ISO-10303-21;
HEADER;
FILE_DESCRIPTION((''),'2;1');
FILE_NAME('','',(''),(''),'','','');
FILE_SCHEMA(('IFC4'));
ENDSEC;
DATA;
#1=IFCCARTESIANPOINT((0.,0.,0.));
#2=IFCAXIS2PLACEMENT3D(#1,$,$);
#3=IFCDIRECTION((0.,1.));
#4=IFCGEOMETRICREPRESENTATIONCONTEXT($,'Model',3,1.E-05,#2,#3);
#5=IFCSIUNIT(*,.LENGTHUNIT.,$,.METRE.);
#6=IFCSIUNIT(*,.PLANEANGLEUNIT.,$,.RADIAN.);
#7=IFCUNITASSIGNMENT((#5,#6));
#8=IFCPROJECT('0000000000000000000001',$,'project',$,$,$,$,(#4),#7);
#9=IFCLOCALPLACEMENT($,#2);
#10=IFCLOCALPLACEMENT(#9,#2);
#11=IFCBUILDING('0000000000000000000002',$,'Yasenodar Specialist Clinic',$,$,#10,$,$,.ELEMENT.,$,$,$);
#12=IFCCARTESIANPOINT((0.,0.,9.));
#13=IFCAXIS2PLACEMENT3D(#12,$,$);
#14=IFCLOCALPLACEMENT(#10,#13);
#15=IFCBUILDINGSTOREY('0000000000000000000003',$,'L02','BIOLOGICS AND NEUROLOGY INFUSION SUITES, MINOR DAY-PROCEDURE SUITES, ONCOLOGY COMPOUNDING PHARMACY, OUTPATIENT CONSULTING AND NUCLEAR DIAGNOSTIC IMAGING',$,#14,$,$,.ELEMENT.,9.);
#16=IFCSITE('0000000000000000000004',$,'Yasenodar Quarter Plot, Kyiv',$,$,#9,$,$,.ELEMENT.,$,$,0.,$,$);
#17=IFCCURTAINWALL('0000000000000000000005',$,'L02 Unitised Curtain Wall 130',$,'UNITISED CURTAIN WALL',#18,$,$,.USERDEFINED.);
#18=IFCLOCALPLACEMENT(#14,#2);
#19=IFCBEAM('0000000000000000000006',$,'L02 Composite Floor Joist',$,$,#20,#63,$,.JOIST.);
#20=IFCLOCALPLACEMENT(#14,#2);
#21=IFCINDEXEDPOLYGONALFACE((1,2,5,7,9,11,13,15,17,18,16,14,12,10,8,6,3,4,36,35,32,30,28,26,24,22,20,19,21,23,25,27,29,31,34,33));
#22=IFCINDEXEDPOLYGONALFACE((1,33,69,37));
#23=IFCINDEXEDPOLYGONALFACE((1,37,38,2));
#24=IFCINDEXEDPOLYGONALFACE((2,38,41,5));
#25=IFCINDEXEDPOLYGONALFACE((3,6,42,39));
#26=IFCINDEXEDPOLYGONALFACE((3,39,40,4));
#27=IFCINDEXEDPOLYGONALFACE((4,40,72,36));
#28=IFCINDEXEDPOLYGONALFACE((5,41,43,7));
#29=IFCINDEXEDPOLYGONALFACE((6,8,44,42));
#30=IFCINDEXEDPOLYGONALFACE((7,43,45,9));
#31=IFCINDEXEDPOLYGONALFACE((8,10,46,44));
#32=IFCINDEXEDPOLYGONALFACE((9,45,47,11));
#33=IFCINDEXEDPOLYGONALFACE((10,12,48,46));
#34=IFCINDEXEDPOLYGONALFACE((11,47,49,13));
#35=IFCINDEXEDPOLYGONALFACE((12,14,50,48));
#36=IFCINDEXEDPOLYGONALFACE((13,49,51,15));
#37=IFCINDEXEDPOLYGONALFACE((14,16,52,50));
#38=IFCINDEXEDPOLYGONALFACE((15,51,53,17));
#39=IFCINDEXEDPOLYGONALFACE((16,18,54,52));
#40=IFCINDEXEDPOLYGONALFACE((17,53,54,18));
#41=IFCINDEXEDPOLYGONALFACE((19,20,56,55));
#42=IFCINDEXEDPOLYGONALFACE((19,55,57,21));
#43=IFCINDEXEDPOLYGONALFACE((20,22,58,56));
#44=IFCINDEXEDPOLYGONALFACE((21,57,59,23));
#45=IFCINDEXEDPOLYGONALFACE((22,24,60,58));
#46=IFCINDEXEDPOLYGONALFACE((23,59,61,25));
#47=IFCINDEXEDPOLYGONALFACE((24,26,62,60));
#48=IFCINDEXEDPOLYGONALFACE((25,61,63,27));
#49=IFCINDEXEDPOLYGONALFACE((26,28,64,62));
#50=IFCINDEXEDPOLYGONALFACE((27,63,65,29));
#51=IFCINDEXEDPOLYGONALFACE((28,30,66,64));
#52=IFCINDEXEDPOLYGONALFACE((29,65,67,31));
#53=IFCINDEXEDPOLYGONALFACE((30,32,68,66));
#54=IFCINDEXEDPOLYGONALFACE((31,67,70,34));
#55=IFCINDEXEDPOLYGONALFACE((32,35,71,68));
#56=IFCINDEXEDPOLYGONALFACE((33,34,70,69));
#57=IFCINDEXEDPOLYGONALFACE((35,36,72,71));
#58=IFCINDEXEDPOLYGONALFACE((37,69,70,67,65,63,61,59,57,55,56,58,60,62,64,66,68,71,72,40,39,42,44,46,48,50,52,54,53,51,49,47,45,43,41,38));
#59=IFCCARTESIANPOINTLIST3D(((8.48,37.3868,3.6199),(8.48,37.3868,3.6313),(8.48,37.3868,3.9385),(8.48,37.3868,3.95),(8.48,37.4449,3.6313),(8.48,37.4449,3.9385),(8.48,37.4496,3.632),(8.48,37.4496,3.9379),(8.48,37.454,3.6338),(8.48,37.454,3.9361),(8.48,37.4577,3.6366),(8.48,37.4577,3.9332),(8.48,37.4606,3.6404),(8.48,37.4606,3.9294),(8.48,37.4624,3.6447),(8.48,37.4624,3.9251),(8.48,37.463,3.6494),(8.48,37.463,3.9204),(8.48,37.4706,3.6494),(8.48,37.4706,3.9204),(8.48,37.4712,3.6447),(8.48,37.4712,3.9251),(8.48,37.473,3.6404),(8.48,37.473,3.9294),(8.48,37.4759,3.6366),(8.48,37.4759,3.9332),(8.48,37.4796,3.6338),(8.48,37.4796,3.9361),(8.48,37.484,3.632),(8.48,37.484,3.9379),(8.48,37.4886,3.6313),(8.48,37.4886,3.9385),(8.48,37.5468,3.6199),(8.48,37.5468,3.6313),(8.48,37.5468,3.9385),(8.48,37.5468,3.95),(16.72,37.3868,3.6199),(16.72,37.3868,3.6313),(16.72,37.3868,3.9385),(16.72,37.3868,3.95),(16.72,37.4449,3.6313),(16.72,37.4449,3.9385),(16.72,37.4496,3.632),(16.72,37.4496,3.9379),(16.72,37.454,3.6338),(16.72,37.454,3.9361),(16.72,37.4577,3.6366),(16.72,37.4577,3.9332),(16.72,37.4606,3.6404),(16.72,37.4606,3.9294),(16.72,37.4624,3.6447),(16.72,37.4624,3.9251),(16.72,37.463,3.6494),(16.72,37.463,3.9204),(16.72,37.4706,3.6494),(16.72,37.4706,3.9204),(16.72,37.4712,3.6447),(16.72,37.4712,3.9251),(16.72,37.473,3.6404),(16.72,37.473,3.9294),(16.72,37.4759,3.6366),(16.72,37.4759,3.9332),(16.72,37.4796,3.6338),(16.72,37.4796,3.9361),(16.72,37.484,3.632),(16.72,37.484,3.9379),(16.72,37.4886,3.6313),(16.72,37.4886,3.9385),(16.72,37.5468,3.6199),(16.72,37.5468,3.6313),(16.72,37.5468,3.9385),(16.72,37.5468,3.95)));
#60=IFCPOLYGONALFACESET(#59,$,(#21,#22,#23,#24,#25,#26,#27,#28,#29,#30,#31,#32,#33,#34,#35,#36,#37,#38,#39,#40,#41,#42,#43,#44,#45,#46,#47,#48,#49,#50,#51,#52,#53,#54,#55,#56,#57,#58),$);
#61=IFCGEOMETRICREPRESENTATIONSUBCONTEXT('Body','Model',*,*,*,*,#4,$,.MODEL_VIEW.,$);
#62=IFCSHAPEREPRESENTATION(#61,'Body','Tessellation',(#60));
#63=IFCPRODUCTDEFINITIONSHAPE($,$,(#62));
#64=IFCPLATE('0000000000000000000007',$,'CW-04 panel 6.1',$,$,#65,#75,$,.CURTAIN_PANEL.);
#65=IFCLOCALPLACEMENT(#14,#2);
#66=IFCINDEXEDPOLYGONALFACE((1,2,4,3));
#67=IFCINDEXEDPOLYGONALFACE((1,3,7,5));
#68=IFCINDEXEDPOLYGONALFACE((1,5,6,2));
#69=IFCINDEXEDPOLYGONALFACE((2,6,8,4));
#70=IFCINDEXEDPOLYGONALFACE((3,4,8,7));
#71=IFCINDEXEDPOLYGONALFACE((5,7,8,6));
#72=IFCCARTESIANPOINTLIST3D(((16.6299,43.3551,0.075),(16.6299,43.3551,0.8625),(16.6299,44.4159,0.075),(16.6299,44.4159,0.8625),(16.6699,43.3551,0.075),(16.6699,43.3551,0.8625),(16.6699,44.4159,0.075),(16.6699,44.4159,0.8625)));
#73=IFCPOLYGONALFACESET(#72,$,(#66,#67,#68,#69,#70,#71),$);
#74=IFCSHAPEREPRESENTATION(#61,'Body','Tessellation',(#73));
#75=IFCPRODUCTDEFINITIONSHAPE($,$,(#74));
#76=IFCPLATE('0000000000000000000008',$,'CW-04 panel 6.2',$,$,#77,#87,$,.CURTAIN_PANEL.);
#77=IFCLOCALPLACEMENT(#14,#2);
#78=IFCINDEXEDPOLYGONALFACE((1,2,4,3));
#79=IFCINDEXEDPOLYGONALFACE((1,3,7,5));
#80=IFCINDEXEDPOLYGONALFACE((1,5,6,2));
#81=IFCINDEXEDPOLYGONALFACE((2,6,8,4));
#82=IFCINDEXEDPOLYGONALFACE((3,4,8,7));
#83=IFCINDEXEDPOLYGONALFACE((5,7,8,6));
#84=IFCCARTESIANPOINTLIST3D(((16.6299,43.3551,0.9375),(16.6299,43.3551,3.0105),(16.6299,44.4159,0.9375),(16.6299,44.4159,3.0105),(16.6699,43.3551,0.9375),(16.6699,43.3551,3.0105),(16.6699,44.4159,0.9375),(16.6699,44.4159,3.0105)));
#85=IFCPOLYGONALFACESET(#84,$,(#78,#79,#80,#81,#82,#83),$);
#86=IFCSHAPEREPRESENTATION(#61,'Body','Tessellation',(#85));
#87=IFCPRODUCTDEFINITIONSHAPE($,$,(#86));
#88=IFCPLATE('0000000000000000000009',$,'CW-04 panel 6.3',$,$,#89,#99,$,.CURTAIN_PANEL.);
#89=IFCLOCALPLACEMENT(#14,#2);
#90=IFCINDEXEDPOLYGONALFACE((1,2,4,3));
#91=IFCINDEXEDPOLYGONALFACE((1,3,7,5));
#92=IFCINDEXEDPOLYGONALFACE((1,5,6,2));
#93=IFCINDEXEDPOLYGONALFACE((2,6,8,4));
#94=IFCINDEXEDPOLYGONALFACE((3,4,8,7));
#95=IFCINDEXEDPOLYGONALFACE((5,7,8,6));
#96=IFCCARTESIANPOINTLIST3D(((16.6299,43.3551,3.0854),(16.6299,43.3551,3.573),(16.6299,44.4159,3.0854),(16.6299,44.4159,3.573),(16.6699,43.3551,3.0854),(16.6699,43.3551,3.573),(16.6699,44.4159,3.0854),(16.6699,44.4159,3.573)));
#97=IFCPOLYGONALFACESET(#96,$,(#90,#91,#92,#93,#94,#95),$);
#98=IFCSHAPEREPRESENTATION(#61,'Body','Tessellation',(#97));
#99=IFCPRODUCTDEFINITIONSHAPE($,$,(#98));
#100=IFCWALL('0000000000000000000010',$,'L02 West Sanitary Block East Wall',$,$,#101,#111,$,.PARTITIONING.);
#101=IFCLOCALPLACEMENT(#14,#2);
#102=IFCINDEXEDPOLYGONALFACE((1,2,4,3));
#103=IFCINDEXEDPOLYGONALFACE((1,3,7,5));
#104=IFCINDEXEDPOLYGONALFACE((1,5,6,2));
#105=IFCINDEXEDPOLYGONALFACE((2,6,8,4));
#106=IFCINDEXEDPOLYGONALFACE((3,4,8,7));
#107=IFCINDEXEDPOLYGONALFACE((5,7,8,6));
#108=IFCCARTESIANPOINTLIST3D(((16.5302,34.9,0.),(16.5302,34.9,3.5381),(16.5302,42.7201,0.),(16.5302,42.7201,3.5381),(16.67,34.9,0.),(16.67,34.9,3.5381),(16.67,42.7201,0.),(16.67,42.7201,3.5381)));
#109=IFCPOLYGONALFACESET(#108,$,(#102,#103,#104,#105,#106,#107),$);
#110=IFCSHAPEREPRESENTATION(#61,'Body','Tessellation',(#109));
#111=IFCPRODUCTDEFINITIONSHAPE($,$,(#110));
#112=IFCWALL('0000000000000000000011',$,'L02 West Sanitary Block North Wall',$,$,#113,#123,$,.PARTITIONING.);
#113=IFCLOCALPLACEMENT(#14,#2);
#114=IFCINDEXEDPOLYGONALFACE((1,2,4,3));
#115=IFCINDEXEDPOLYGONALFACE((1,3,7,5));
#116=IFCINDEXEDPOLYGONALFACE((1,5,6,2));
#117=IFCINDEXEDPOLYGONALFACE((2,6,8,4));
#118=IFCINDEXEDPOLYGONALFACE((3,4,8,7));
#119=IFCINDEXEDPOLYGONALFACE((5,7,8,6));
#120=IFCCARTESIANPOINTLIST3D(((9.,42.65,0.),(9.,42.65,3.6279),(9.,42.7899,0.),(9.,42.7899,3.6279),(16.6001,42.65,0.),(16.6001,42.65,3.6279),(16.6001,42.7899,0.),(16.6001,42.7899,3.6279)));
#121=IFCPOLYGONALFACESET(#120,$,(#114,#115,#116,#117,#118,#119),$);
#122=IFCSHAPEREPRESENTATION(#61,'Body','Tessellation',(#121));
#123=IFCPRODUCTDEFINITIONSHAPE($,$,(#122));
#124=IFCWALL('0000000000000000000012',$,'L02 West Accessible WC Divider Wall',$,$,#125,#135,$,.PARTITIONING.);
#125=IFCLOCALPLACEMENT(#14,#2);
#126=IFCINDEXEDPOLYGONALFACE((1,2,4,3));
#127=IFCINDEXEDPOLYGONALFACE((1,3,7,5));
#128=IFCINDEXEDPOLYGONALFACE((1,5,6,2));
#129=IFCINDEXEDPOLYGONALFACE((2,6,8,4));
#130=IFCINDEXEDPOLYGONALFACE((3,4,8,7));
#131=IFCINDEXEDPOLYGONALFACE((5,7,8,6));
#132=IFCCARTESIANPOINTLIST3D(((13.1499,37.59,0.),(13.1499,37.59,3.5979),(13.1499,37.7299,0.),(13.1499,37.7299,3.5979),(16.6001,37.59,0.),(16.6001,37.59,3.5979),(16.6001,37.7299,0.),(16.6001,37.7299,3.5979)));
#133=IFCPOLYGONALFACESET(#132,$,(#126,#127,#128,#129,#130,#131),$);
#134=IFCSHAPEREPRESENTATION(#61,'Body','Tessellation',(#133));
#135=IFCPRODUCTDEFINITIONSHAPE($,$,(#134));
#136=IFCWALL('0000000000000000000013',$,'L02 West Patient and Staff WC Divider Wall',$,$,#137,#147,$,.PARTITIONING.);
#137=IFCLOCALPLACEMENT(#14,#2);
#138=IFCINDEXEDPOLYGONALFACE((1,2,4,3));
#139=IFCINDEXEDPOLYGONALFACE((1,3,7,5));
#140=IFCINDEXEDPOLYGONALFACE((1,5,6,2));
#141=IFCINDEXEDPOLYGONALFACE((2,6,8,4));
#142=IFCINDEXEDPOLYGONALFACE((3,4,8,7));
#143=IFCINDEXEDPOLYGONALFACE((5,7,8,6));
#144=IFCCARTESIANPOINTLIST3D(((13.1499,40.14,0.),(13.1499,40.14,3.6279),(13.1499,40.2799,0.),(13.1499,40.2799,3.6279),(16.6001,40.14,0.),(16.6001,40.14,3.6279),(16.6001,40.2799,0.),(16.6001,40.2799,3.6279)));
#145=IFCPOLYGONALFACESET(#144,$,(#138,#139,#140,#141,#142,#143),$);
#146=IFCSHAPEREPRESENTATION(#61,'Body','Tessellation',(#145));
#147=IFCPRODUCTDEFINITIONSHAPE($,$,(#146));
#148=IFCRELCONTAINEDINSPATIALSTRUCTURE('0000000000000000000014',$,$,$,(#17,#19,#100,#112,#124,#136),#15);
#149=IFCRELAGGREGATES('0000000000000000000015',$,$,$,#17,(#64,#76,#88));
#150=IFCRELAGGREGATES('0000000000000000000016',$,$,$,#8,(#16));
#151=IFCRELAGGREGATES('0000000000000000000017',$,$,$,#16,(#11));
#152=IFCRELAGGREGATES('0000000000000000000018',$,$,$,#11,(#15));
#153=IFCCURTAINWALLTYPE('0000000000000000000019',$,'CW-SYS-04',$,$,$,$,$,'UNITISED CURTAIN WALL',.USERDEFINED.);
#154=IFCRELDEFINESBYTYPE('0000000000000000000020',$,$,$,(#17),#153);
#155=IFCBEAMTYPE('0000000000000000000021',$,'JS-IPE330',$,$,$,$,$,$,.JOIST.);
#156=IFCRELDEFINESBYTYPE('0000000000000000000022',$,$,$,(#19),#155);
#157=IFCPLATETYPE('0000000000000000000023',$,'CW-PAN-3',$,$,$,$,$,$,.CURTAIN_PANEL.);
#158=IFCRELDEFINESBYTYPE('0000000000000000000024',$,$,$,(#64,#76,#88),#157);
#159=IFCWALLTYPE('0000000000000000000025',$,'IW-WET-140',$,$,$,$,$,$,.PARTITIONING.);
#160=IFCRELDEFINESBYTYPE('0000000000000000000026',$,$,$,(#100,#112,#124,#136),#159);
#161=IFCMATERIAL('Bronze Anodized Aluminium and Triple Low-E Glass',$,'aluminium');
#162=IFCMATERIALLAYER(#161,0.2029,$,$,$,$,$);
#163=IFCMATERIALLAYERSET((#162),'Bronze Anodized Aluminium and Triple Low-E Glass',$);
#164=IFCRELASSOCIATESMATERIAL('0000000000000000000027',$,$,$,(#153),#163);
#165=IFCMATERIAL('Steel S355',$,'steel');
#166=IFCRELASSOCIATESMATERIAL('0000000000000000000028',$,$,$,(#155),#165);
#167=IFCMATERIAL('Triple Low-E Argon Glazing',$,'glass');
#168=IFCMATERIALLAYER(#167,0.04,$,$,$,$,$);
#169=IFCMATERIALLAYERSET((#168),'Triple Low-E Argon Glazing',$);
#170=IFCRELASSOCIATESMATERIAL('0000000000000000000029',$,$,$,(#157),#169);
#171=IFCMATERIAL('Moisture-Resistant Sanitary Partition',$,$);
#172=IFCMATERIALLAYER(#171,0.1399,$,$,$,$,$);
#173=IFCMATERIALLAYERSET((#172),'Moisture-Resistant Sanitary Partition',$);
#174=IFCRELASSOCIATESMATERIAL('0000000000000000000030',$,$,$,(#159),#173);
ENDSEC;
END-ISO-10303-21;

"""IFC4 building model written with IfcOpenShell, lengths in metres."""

from ifc_helpers import new_model, si_unit, direction, frame, frame_2d, origin, origin_2d, place, context, subcontext, project, spatial, rectangle, i_section, extrude, material, layer, layer_set, material_profile, profile_set, type_object, element, aggregate, save


model = new_model("IFC4")

# Units and contexts
model_context = context("Model", 3, precision=1e-05, world=origin(), true_north=direction((0.0, 1.0)))
body_context = subcontext(model_context, "Body", "Model", "MODEL_VIEW")
ifc_project = project(units=[si_unit("LENGTHUNIT", "METRE"), si_unit("PLANEANGLEUNIT", "RADIAN")], contexts=[model_context])

# Site, building, storey
site_placement = place(None, origin())
site = spatial("IfcSite", under=ifc_project, at=site_placement, Name="Yasenodar Quarter Plot, Kyiv", CompositionType="ELEMENT", RefElevation=0.0)
building_placement = place(site_placement, origin())
building = spatial("IfcBuilding", under=site, at=building_placement, Name="Yasenodar Specialist Clinic", CompositionType="ELEMENT")
storey_placement = place(building_placement, frame((0.0, 0.0, 9.0)))
storey = spatial("IfcBuildingStorey", under=building, at=storey_placement, Name="L02", Description="BIOLOGICS AND NEUROLOGY INFUSION SUITES, MINOR DAY-PROCEDURE SUITES, ONCOLOGY COMPOUNDING PHARMACY, OUTPATIENT CONSULTING AND NUCLEAR DIAGNOSTIC IMAGING", CompositionType="ELEMENT", Elevation=9.0)

# Shared definitions
ifc_material_1 = material(Name="Steel S355", Category="steel")

# Curtain wall
ifc_material_2 = material(Name="Bronze Anodized Aluminium and Triple Low-E Glass", Category="aluminium")
ifc_layer_1 = layer(ifc_material_2, 0.2029)
ifc_layer_set_1 = layer_set([ifc_layer_1], Name="Bronze Anodized Aluminium and Triple Low-E Glass")
curtain_wall_type = type_object("IfcCurtainWallType", Name="CW-SYS-04", ElementType="UNITISED CURTAIN WALL", PredefinedType="USERDEFINED", material=ifc_layer_set_1)
curtain_wall_placement = place(storey_placement, origin())
curtain_wall = element("IfcCurtainWall", 1, at=curtain_wall_placement, inside=storey, type_object=curtain_wall_type, Name="L02 Unitised Curtain Wall 130", ObjectType="UNITISED CURTAIN WALL", PredefinedType="USERDEFINED")

# Beam
ifc_material_profile_1 = material_profile(ifc_material_1, i_section(OverallWidth=0.1599, OverallDepth=0.3301, WebThickness=0.0076, FlangeThickness=0.0115, FilletRadius=0.0181, at=origin_2d()), Name="IPE 330")
ifc_profile_set_1 = profile_set([ifc_material_profile_1], Name="Steel S355")
beam_type_1 = type_object("IfcBeamType", Name="JS-IPE330", PredefinedType="JOIST", material=ifc_profile_set_1)
beam_1_placement = place(storey_placement, frame((8.48, 37.4668, 3.7849), z_axis=(1.0, 0.0, 0.0), x_axis=(0.0, 1.0, 0.0)))
element("IfcBeam", 2, at=beam_1_placement, inside=storey, type_object=beam_type_1, Name="L02 Composite Floor Joist", PredefinedType="JOIST", context=body_context, shape_type="SweptSolid", body=[
    extrude(i_section(OverallWidth=0.1599, OverallDepth=0.3301, WebThickness=0.0076, FlangeThickness=0.0115, FilletRadius=0.0181, at=origin_2d()), origin(), (0.0, 0.0, 1.0), 8.24),
])

# Plates
ifc_material_3 = material(Name="Triple Low-E Argon Glazing", Category="glass")
ifc_layer_2 = layer(ifc_material_3, 0.04)
ifc_layer_set_2 = layer_set([ifc_layer_2], Name="Triple Low-E Argon Glazing")
plate_type = type_object("IfcPlateType", Name="CW-PAN-3", PredefinedType="CURTAIN_PANEL", material=ifc_layer_set_2)
plate_1_placement = place(storey_placement, frame((16.6499, 43.8855, 0.075), z_axis=(0.0, 0.0, 1.0), x_axis=(0.0, -1.0, 0.0)))
plate_1 = element("IfcPlate", 3, at=plate_1_placement, type_object=plate_type, Name="CW-04 panel 6.1", PredefinedType="CURTAIN_PANEL", context=body_context, shape_type="SweptSolid", body=[
    extrude(rectangle(XDim=1.0608, YDim=0.04, at=origin_2d()), origin(), (0.0, 0.0, 1.0), 0.7876),
])
plate_2_placement = place(storey_placement, frame((16.6499, 43.8855, 0.9375), z_axis=(0.0, 0.0, 1.0), x_axis=(0.0, -1.0, 0.0)))
plate_2 = element("IfcPlate", 4, at=plate_2_placement, type_object=plate_type, Name="CW-04 panel 6.2", PredefinedType="CURTAIN_PANEL", context=body_context, shape_type="SweptSolid", body=[
    extrude(rectangle(XDim=1.0608, YDim=0.04, at=origin_2d()), origin(), (0.0, 0.0, 1.0), 2.073),
])
plate_3_placement = place(storey_placement, frame((16.6499, 43.8855, 3.0854), z_axis=(0.0, 0.0, 1.0), x_axis=(0.0, -1.0, 0.0)))
plate_3 = element("IfcPlate", 5, at=plate_3_placement, type_object=plate_type, Name="CW-04 panel 6.3", PredefinedType="CURTAIN_PANEL", context=body_context, shape_type="SweptSolid", body=[
    extrude(rectangle(XDim=1.0608, YDim=0.04, at=origin_2d()), origin(), (0.0, 0.0, 1.0), 0.4875),
])
aggregate(curtain_wall, [plate_1, plate_2, plate_3])

# Walls
ifc_material_4 = material(Name="Moisture-Resistant Sanitary Partition")
ifc_layer_3 = layer(ifc_material_4, 0.1399)
ifc_layer_set_3 = layer_set([ifc_layer_3], Name="Moisture-Resistant Sanitary Partition")
wall_type_1 = type_object("IfcWallType", Name="IW-WET-140", PredefinedType="PARTITIONING", material=ifc_layer_set_3)
wall_1_placement = place(storey_placement, frame((16.6001, 34.8999, 0.0), z_axis=(0.0, 0.0, 1.0), x_axis=(0.0, 1.0, 0.0)))
element("IfcWall", 6, at=wall_1_placement, inside=storey, type_object=wall_type_1, Name="L02 West Sanitary Block East Wall", PredefinedType="PARTITIONING", context=body_context, shape_type="SweptSolid", body=[
    extrude(rectangle(XDim=7.8201, YDim=0.1399, at=frame_2d((3.9102, 0.0))), origin(), (0.0, 0.0, 1.0), 3.5381),
])
wall_2_placement = place(storey_placement, frame((9.0, 42.72, 0.0), z_axis=(0.0, 0.0, 1.0), x_axis=(1.0, 0.0, 0.0)))
element("IfcWall", 7, at=wall_2_placement, inside=storey, type_object=wall_type_1, Name="L02 West Sanitary Block North Wall", PredefinedType="PARTITIONING", context=body_context, shape_type="SweptSolid", body=[
    extrude(rectangle(XDim=7.6001, YDim=0.1399, at=frame_2d((3.8, 0.0))), origin(), (0.0, 0.0, 1.0), 3.6279),
])
wall_3_placement = place(storey_placement, frame((13.1499, 37.6599, 0.0), z_axis=(0.0, 0.0, 1.0), x_axis=(1.0, 0.0, 0.0)))
element("IfcWall", 8, at=wall_3_placement, inside=storey, type_object=wall_type_1, Name="L02 West Accessible WC Divider Wall", PredefinedType="PARTITIONING", context=body_context, shape_type="SweptSolid", body=[
    extrude(rectangle(XDim=3.4502, YDim=0.1399, at=frame_2d((1.7251, 0.0))), origin(), (0.0, 0.0, 1.0), 3.5979),
])
wall_4_placement = place(storey_placement, frame((13.1499, 40.21, 0.0), z_axis=(0.0, 0.0, 1.0), x_axis=(1.0, 0.0, 0.0)))
element("IfcWall", 9, at=wall_4_placement, inside=storey, type_object=wall_type_1, Name="L02 West Patient and Staff WC Divider Wall", PredefinedType="PARTITIONING", context=body_context, shape_type="SweptSolid", body=[
    extrude(rectangle(XDim=3.4502, YDim=0.1399, at=frame_2d((1.7251, 0.0))), origin(), (0.0, 0.0, 1.0), 3.6279),
])

save(model, "model.ifc")
